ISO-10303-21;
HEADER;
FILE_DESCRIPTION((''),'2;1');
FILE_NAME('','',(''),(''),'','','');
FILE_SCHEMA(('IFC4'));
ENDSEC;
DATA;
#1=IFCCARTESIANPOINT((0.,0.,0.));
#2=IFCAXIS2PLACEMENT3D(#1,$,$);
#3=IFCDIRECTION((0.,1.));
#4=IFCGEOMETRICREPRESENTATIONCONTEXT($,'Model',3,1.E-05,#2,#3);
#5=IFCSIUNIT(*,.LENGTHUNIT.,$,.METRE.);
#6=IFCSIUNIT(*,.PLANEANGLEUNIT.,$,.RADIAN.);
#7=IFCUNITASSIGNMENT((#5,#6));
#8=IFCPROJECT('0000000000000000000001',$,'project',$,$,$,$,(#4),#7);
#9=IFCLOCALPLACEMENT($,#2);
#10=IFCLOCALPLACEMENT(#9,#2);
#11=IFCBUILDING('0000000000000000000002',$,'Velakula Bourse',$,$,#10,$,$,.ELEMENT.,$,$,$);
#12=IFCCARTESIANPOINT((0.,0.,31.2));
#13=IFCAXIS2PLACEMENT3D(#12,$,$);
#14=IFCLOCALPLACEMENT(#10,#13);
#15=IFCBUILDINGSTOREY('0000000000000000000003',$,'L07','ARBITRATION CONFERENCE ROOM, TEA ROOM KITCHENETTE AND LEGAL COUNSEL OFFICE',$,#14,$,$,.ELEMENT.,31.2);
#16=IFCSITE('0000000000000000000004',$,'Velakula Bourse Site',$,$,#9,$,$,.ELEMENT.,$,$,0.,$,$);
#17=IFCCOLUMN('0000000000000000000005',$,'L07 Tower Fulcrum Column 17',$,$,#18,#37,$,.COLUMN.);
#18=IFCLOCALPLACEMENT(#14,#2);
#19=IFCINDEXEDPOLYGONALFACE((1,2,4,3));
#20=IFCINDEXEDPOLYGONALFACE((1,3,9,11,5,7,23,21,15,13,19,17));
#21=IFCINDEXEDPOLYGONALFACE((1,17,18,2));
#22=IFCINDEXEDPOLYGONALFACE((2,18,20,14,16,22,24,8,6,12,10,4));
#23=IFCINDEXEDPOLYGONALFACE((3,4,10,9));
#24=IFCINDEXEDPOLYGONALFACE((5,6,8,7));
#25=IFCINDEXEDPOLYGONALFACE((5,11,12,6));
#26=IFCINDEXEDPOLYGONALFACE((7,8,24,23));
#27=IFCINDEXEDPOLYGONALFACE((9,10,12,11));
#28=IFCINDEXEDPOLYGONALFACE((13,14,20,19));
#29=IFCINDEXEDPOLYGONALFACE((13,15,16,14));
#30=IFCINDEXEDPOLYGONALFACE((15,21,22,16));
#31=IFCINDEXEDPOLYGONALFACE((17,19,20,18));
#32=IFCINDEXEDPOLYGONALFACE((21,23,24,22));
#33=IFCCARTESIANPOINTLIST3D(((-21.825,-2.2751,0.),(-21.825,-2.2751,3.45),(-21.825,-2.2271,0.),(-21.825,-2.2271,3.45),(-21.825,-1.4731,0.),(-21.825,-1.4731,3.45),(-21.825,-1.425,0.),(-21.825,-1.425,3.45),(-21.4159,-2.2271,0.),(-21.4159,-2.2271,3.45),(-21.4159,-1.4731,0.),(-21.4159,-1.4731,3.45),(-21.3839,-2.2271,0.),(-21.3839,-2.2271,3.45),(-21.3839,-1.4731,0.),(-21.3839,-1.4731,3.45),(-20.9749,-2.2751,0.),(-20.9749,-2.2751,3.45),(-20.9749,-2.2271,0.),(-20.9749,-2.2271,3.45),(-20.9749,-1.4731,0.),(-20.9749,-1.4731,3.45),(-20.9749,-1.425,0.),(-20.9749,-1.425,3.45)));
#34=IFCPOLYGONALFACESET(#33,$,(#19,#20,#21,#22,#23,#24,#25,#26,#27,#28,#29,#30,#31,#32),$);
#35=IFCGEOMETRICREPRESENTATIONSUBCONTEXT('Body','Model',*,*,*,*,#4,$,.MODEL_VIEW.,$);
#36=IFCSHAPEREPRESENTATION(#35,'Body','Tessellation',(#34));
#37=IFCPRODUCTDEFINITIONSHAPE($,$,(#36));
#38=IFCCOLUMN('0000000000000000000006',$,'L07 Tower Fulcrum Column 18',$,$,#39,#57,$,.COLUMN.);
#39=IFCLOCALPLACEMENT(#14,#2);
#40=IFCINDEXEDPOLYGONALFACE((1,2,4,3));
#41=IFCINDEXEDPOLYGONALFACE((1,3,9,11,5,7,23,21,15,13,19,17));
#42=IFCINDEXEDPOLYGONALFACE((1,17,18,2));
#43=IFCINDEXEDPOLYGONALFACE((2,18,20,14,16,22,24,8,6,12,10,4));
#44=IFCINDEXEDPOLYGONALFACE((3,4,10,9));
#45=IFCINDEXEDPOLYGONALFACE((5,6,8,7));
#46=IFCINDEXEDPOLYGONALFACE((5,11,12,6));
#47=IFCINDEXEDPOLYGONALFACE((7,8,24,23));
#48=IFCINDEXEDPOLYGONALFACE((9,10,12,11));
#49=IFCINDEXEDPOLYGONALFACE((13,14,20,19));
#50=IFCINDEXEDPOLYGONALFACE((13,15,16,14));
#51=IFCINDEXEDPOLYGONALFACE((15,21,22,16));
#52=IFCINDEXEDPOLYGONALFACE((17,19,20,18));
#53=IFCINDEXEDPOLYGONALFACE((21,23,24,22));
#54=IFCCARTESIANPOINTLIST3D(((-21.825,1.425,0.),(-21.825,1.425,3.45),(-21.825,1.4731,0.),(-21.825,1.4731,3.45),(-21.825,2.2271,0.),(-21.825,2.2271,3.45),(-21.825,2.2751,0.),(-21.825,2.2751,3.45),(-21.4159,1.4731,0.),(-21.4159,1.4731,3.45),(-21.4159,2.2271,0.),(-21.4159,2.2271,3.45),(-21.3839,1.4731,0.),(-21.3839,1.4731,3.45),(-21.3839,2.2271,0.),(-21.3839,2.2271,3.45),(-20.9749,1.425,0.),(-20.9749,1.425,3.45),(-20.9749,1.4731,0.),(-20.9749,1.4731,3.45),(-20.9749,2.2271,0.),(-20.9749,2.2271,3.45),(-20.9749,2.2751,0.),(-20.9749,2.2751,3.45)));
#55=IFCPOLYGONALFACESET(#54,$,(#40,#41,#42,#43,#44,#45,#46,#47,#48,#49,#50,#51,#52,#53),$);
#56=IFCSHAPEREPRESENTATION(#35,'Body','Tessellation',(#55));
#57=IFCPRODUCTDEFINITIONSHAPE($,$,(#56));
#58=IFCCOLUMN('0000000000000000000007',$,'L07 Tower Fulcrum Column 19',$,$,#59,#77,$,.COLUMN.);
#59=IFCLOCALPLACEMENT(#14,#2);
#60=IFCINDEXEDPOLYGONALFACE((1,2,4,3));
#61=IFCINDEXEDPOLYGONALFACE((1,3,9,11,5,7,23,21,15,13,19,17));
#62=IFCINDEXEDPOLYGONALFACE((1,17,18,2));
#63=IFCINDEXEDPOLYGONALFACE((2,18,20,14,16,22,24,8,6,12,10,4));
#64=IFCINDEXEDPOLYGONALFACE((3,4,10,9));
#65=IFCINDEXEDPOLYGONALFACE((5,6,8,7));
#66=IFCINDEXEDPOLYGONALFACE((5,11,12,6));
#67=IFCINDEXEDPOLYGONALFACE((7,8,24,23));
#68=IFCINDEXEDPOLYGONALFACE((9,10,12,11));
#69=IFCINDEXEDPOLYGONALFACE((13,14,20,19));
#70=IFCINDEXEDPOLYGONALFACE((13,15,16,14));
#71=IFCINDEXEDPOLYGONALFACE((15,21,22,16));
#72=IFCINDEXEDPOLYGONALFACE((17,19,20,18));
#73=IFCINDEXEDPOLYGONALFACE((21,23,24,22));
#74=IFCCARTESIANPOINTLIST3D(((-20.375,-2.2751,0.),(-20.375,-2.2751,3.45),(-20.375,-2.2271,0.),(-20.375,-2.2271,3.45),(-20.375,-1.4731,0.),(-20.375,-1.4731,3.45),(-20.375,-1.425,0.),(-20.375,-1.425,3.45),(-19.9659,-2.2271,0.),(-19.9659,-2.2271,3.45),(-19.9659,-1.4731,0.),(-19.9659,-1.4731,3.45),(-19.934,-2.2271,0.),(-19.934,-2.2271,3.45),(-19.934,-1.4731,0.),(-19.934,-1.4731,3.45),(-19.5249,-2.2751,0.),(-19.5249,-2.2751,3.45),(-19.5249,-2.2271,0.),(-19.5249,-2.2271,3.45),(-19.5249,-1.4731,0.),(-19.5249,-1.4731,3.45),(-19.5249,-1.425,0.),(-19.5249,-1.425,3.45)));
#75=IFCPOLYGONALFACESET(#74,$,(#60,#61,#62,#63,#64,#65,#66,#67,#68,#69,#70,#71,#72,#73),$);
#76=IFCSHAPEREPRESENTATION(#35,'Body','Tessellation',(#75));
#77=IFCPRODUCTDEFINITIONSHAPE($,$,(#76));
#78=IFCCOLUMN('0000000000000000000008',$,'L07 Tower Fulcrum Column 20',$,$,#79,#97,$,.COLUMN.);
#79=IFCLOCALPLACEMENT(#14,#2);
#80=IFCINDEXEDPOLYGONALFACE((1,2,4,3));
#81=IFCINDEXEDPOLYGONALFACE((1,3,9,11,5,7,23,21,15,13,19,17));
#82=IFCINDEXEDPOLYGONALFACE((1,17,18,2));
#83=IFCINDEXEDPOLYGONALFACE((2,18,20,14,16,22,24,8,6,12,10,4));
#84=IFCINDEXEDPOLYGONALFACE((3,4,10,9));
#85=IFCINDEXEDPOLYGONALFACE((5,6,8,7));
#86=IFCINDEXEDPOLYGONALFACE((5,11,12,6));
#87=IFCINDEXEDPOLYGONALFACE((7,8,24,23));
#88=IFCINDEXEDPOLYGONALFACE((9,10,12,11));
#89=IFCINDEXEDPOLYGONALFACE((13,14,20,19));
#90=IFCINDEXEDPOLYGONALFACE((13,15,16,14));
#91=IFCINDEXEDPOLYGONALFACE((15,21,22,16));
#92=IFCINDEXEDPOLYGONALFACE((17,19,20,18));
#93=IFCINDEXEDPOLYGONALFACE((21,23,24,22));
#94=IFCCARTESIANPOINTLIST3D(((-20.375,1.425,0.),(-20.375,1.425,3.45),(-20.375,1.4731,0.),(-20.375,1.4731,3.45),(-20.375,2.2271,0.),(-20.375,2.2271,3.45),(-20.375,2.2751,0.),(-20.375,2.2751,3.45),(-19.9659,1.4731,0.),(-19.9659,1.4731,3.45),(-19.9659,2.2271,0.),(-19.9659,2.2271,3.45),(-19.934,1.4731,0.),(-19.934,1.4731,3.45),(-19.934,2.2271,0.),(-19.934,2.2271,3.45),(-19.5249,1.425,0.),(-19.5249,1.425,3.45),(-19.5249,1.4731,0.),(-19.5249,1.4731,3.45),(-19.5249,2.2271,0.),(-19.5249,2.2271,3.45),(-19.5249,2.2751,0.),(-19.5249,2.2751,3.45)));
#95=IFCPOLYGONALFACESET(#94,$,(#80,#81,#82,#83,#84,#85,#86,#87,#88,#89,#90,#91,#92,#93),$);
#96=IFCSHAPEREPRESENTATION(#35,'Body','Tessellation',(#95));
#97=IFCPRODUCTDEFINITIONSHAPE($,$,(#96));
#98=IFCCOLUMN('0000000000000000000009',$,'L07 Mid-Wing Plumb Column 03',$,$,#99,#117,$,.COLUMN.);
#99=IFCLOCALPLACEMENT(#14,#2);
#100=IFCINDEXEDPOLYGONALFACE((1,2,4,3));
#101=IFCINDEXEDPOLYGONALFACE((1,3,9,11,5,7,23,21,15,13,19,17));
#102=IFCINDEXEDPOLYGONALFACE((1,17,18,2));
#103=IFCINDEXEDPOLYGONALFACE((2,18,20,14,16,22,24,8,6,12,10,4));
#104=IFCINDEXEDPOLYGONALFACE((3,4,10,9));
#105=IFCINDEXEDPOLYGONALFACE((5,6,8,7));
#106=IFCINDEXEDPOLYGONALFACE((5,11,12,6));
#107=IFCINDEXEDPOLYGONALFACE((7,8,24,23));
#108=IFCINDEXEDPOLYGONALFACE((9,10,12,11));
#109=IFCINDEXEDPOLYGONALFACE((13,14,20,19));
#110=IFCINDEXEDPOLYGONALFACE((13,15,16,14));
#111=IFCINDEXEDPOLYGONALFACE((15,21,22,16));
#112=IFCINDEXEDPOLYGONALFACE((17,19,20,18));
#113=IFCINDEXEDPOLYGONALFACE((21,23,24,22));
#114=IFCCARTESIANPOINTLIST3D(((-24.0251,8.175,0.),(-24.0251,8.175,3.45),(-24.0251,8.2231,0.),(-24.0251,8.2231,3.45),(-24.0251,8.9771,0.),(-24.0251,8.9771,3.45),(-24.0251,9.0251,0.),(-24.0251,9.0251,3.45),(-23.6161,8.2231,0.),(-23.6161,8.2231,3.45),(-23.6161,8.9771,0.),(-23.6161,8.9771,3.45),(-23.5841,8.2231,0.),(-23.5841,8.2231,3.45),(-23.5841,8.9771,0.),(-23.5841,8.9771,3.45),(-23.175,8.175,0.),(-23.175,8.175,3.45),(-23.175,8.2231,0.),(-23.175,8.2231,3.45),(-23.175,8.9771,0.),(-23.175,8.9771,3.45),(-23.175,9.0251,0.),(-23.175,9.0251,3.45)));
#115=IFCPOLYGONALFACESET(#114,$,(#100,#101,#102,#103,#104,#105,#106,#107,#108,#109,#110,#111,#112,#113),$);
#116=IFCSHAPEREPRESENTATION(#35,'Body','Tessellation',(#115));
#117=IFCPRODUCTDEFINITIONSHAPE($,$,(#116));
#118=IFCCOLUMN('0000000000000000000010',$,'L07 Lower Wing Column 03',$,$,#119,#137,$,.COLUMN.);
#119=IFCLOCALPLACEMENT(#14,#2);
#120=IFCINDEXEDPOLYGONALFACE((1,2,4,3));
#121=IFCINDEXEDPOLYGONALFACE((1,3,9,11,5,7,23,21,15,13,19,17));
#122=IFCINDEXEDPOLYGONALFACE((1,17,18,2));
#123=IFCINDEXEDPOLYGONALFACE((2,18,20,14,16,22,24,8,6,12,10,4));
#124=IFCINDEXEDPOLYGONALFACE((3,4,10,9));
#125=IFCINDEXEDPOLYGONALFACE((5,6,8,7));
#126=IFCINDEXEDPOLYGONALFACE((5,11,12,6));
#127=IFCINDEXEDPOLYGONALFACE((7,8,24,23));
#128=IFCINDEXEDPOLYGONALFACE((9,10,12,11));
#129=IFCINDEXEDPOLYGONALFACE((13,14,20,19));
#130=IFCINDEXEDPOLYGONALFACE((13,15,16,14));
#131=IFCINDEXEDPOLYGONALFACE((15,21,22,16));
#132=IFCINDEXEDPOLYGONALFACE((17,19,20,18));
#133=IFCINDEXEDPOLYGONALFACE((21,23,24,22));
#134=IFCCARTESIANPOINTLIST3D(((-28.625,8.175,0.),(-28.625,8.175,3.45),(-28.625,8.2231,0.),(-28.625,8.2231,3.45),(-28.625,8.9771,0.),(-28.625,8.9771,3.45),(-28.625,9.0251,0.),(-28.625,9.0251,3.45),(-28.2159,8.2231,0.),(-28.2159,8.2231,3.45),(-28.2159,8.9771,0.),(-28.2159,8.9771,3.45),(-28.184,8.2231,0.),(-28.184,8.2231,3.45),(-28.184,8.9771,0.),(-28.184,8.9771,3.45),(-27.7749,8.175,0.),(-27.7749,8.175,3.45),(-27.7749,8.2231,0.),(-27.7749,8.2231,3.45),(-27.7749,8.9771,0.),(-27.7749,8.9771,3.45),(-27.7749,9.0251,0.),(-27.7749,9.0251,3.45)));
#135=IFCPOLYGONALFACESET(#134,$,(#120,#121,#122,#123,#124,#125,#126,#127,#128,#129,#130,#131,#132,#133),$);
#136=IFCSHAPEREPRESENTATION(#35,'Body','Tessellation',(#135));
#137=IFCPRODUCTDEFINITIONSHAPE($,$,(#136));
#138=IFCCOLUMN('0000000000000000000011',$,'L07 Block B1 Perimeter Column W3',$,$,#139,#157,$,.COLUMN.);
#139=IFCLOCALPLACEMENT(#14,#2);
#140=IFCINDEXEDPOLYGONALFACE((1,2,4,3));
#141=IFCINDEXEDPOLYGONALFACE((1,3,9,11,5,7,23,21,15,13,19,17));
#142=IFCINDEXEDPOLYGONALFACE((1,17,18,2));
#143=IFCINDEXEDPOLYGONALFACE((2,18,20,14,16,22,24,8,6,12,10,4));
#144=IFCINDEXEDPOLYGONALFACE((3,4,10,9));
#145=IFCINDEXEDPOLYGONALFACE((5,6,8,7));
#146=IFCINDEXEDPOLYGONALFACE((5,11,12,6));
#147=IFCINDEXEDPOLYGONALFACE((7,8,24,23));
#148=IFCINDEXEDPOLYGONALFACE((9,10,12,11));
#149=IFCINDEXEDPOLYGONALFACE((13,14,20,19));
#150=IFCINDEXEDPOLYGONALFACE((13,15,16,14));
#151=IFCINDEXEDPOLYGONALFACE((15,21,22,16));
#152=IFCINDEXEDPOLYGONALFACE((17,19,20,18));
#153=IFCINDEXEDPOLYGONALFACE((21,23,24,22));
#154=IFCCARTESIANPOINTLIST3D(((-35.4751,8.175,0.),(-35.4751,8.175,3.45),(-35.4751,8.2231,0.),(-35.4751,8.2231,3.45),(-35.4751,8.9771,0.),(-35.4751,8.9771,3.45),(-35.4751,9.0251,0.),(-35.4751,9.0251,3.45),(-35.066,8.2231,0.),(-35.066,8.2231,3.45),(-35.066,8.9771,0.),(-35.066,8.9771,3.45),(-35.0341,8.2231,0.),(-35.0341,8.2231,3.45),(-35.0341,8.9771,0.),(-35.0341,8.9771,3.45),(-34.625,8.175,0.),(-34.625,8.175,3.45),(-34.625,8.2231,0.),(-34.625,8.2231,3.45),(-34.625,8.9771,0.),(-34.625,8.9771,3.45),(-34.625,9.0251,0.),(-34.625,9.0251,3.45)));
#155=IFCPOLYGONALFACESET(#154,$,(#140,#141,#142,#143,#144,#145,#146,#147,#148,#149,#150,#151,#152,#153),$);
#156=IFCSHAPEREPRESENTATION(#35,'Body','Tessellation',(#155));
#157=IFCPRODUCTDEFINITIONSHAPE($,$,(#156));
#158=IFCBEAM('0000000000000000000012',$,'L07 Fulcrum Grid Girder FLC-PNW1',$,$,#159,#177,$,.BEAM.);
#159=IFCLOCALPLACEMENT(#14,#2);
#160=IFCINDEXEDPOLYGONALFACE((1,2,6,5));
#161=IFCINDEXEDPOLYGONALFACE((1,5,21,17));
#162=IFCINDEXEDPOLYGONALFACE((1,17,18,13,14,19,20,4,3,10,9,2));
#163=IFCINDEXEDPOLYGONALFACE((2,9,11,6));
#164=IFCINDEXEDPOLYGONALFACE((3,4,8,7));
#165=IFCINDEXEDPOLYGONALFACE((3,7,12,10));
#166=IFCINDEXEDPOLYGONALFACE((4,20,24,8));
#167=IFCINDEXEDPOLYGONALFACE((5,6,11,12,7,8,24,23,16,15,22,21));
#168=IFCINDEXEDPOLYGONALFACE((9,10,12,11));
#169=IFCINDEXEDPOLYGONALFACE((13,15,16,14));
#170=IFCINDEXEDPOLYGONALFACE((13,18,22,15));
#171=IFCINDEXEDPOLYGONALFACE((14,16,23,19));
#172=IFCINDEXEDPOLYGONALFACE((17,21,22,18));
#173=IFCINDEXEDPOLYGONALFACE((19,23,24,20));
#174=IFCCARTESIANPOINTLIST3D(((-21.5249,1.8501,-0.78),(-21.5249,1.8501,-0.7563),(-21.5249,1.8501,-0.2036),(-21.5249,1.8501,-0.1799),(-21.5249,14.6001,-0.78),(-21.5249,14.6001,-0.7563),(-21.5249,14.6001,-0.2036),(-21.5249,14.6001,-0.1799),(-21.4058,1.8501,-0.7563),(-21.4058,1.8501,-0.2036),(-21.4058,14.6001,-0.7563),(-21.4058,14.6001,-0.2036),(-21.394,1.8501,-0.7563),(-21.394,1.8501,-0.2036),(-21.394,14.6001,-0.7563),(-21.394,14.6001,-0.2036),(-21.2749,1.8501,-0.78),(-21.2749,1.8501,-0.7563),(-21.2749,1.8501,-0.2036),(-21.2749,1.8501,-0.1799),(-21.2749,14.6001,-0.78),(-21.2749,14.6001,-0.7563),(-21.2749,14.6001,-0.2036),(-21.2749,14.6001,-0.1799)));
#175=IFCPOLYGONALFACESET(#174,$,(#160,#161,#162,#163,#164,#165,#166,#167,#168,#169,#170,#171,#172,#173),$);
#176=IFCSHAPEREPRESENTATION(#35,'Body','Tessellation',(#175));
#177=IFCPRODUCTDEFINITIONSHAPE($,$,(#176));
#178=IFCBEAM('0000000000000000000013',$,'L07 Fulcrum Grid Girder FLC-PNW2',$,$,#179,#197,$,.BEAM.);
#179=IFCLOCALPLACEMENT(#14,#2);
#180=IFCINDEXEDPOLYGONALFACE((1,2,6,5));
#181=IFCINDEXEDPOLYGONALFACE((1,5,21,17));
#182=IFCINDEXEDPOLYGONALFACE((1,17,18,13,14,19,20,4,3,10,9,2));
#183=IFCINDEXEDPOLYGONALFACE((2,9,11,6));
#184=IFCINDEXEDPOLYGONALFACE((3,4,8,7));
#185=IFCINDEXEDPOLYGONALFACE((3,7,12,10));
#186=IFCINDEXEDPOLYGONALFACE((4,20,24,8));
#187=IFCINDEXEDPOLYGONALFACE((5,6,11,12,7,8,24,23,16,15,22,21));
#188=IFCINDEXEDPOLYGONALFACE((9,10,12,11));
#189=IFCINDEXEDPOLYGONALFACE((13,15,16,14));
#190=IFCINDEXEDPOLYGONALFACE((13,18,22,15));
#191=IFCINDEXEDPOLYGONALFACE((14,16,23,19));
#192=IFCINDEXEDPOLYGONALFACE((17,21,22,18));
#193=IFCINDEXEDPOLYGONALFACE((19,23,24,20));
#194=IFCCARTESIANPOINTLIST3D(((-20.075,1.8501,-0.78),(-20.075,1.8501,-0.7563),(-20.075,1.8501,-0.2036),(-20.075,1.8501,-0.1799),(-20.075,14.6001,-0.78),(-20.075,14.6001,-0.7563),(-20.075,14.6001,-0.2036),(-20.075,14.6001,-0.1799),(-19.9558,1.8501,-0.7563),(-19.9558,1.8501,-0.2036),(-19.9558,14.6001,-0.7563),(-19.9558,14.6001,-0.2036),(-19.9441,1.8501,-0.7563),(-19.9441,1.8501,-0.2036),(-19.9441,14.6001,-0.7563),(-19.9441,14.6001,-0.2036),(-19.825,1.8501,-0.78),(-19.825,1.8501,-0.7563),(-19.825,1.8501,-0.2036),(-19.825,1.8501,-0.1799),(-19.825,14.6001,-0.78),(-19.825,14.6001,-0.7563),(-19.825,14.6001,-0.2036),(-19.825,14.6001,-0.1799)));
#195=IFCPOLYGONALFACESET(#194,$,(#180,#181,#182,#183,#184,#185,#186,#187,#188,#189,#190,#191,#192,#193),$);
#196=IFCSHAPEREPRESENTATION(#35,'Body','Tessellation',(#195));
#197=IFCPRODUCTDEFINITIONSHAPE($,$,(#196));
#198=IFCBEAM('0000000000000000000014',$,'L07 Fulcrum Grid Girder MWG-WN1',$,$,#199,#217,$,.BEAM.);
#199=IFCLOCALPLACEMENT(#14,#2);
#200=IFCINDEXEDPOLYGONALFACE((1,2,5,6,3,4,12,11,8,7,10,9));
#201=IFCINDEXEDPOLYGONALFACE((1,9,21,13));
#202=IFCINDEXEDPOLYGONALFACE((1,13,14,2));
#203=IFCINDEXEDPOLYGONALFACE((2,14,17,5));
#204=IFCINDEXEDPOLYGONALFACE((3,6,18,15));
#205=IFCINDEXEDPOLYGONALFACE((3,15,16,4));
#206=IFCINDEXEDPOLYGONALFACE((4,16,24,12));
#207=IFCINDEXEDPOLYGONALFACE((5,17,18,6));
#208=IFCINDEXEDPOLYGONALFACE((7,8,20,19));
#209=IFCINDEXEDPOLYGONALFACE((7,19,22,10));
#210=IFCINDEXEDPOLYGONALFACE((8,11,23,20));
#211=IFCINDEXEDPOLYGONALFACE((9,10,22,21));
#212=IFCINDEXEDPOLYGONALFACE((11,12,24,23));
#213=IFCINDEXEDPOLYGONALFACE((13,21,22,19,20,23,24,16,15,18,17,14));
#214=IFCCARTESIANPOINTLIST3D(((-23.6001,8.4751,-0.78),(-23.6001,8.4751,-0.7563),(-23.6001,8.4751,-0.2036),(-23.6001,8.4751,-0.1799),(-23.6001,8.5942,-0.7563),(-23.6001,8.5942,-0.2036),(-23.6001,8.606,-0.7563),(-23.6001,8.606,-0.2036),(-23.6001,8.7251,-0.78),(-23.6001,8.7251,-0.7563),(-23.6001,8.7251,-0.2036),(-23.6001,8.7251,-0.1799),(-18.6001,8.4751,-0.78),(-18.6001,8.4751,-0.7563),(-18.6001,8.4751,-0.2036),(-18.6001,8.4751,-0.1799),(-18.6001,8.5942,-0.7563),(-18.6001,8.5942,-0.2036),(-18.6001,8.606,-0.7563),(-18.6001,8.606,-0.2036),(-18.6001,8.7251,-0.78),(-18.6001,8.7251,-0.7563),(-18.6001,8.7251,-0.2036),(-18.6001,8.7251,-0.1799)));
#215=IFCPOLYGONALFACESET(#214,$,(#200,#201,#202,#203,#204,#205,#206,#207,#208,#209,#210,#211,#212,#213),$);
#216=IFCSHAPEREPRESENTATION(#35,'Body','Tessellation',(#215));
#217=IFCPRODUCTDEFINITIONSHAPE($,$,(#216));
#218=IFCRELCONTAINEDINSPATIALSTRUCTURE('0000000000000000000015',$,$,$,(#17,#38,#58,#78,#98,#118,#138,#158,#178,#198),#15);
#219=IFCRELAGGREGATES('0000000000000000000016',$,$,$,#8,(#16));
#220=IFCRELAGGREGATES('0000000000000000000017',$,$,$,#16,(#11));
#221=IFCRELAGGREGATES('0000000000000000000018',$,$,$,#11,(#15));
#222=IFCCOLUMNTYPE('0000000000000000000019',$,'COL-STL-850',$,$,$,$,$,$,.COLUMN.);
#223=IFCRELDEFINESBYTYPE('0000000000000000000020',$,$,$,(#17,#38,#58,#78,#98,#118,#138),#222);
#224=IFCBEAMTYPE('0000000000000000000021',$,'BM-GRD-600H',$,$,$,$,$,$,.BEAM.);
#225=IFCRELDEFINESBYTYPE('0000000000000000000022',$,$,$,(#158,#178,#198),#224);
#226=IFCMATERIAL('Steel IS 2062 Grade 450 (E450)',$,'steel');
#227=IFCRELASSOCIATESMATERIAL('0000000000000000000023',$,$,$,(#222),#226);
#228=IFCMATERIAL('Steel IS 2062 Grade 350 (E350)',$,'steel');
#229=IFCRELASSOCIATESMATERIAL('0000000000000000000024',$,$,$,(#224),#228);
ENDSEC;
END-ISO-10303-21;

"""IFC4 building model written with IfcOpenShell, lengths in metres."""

from ifc_helpers import new_model, si_unit, direction, frame, origin, origin_2d, place, context, subcontext, project, spatial, i_section, extrude, material, material_profile, profile_set, type_object, element, save


model = new_model("IFC4")

# Units and contexts
model_context = context("Model", 3, precision=1e-05, world=origin(), true_north=direction((0.0, 1.0)))
body_context = subcontext(model_context, "Body", "Model", "MODEL_VIEW")
ifc_project = project(units=[si_unit("LENGTHUNIT", "METRE"), si_unit("PLANEANGLEUNIT", "RADIAN")], contexts=[model_context])

# Site, building, storey
site_placement = place(None, origin())
site = spatial("IfcSite", under=ifc_project, at=site_placement, Name="Velakula Bourse Site", CompositionType="ELEMENT", RefElevation=0.0)
building_placement = place(site_placement, origin())
building = spatial("IfcBuilding", under=site, at=building_placement, Name="Velakula Bourse", CompositionType="ELEMENT")
storey_placement = place(building_placement, frame((0.0, 0.0, 31.2)))
storey = spatial("IfcBuildingStorey", under=building, at=storey_placement, Name="L07", Description="ARBITRATION CONFERENCE ROOM, TEA ROOM KITCHENETTE AND LEGAL COUNSEL OFFICE", CompositionType="ELEMENT", Elevation=31.2)

# Columns
ifc_material_1 = material(Name="Steel IS 2062 Grade 450 (E450)", Category="steel")
ifc_material_profile_1 = material_profile(ifc_material_1, i_section(OverallWidth=0.8501, OverallDepth=0.8501, WebThickness=0.032, FlangeThickness=0.0481, at=origin_2d()), Name="Steel IS 2062 Grade 450 (E450)")
ifc_profile_set_1 = profile_set([ifc_material_profile_1], Name="Steel IS 2062 Grade 450 (E450)")
column_type = type_object("IfcColumnType", Name="COL-STL-850", PredefinedType="COLUMN", material=ifc_profile_set_1)
for number, where, z_axis, x_axis, name in (
    (1, (-21.3999, -1.8501, 0.0), (0.0, 0.0, 1.0), (1.0, 0.0, 0.0), "L07 Tower Fulcrum Column 17"),
    (2, (-21.3999, 1.8501, 0.0), (0.0, 0.0, 1.0), (1.0, 0.0, 0.0), "L07 Tower Fulcrum Column 18"),
    (3, (-19.95, -1.8501, 0.0), (0.0, 0.0, 1.0), (1.0, 0.0, 0.0), "L07 Tower Fulcrum Column 19"),
    (4, (-19.95, 1.8501, 0.0), (0.0, 0.0, 1.0), (1.0, 0.0, 0.0), "L07 Tower Fulcrum Column 20"),
    (5, (-23.6001, 8.6001, 0.0), (0.0, 0.0, 1.0), (1.0, 0.0, 0.0), "L07 Mid-Wing Plumb Column 03"),
    (6, (-28.2, 8.6001, 0.0), (0.0, 0.0, 1.0), (1.0, 0.0, 0.0), "L07 Lower Wing Column 03"),
    (7, (-35.05, 8.6001, 0.0), (0.0, 0.0, 1.0), (1.0, 0.0, 0.0), "L07 Block B1 Perimeter Column W3"),
):
    element("IfcColumn", number, at=place(storey_placement, frame(where, z_axis=z_axis, x_axis=x_axis)), inside=storey, type_object=column_type, Name=name, PredefinedType="COLUMN", context=body_context, shape_type="SweptSolid", body=[
        extrude(i_section(OverallWidth=0.8501, OverallDepth=0.8501, WebThickness=0.032, FlangeThickness=0.0481, at=origin_2d()), origin(), (0.0, 0.0, 1.0), 3.45),
    ])

# Beams
ifc_material_2 = material(Name="Steel IS 2062 Grade 350 (E350)", Category="steel")
ifc_material_profile_2 = material_profile(ifc_material_2, i_section(OverallWidth=0.25, OverallDepth=0.6001, WebThickness=0.0117, FlangeThickness=0.0237, at=origin_2d()), Name="Steel IS 2062 Grade 350 (E350)")
ifc_profile_set_2 = profile_set([ifc_material_profile_2], Name="Steel IS 2062 Grade 350 (E350)")
beam_type_1 = type_object("IfcBeamType", Name="BM-GRD-600H", PredefinedType="BEAM", material=ifc_profile_set_2)
for number, where, z_axis, x_axis, name in (
    (8, (-21.3999, 1.8501, -0.48), (0.0, 1.0, 0.0), (-1.0, 0.0, 0.0), "L07 Fulcrum Grid Girder FLC-PNW1"),
    (9, (-19.95, 1.8501, -0.48), (0.0, 1.0, 0.0), (-1.0, 0.0, 0.0), "L07 Fulcrum Grid Girder FLC-PNW2"),
):
    element("IfcBeam", number, at=place(storey_placement, frame(where, z_axis=z_axis, x_axis=x_axis)), inside=storey, type_object=beam_type_1, Name=name, PredefinedType="BEAM", context=body_context, shape_type="SweptSolid", body=[
        extrude(i_section(OverallWidth=0.25, OverallDepth=0.6001, WebThickness=0.0117, FlangeThickness=0.0237, at=origin_2d()), origin(), (0.0, 0.0, 1.0), 12.75),
    ])
beam_1_placement = place(storey_placement, frame((-23.6001, 8.6001, -0.48), z_axis=(1.0, 0.0, 0.0), x_axis=(0.0, 1.0, 0.0)))
element("IfcBeam", 10, at=beam_1_placement, inside=storey, type_object=beam_type_1, Name="L07 Fulcrum Grid Girder MWG-WN1", PredefinedType="BEAM", context=body_context, shape_type="SweptSolid", body=[
    extrude(i_section(OverallWidth=0.25, OverallDepth=0.6001, WebThickness=0.0117, FlangeThickness=0.0237, at=origin_2d()), origin(), (0.0, 0.0, 1.0), 5.0),
])

save(model, "model.ifc")
